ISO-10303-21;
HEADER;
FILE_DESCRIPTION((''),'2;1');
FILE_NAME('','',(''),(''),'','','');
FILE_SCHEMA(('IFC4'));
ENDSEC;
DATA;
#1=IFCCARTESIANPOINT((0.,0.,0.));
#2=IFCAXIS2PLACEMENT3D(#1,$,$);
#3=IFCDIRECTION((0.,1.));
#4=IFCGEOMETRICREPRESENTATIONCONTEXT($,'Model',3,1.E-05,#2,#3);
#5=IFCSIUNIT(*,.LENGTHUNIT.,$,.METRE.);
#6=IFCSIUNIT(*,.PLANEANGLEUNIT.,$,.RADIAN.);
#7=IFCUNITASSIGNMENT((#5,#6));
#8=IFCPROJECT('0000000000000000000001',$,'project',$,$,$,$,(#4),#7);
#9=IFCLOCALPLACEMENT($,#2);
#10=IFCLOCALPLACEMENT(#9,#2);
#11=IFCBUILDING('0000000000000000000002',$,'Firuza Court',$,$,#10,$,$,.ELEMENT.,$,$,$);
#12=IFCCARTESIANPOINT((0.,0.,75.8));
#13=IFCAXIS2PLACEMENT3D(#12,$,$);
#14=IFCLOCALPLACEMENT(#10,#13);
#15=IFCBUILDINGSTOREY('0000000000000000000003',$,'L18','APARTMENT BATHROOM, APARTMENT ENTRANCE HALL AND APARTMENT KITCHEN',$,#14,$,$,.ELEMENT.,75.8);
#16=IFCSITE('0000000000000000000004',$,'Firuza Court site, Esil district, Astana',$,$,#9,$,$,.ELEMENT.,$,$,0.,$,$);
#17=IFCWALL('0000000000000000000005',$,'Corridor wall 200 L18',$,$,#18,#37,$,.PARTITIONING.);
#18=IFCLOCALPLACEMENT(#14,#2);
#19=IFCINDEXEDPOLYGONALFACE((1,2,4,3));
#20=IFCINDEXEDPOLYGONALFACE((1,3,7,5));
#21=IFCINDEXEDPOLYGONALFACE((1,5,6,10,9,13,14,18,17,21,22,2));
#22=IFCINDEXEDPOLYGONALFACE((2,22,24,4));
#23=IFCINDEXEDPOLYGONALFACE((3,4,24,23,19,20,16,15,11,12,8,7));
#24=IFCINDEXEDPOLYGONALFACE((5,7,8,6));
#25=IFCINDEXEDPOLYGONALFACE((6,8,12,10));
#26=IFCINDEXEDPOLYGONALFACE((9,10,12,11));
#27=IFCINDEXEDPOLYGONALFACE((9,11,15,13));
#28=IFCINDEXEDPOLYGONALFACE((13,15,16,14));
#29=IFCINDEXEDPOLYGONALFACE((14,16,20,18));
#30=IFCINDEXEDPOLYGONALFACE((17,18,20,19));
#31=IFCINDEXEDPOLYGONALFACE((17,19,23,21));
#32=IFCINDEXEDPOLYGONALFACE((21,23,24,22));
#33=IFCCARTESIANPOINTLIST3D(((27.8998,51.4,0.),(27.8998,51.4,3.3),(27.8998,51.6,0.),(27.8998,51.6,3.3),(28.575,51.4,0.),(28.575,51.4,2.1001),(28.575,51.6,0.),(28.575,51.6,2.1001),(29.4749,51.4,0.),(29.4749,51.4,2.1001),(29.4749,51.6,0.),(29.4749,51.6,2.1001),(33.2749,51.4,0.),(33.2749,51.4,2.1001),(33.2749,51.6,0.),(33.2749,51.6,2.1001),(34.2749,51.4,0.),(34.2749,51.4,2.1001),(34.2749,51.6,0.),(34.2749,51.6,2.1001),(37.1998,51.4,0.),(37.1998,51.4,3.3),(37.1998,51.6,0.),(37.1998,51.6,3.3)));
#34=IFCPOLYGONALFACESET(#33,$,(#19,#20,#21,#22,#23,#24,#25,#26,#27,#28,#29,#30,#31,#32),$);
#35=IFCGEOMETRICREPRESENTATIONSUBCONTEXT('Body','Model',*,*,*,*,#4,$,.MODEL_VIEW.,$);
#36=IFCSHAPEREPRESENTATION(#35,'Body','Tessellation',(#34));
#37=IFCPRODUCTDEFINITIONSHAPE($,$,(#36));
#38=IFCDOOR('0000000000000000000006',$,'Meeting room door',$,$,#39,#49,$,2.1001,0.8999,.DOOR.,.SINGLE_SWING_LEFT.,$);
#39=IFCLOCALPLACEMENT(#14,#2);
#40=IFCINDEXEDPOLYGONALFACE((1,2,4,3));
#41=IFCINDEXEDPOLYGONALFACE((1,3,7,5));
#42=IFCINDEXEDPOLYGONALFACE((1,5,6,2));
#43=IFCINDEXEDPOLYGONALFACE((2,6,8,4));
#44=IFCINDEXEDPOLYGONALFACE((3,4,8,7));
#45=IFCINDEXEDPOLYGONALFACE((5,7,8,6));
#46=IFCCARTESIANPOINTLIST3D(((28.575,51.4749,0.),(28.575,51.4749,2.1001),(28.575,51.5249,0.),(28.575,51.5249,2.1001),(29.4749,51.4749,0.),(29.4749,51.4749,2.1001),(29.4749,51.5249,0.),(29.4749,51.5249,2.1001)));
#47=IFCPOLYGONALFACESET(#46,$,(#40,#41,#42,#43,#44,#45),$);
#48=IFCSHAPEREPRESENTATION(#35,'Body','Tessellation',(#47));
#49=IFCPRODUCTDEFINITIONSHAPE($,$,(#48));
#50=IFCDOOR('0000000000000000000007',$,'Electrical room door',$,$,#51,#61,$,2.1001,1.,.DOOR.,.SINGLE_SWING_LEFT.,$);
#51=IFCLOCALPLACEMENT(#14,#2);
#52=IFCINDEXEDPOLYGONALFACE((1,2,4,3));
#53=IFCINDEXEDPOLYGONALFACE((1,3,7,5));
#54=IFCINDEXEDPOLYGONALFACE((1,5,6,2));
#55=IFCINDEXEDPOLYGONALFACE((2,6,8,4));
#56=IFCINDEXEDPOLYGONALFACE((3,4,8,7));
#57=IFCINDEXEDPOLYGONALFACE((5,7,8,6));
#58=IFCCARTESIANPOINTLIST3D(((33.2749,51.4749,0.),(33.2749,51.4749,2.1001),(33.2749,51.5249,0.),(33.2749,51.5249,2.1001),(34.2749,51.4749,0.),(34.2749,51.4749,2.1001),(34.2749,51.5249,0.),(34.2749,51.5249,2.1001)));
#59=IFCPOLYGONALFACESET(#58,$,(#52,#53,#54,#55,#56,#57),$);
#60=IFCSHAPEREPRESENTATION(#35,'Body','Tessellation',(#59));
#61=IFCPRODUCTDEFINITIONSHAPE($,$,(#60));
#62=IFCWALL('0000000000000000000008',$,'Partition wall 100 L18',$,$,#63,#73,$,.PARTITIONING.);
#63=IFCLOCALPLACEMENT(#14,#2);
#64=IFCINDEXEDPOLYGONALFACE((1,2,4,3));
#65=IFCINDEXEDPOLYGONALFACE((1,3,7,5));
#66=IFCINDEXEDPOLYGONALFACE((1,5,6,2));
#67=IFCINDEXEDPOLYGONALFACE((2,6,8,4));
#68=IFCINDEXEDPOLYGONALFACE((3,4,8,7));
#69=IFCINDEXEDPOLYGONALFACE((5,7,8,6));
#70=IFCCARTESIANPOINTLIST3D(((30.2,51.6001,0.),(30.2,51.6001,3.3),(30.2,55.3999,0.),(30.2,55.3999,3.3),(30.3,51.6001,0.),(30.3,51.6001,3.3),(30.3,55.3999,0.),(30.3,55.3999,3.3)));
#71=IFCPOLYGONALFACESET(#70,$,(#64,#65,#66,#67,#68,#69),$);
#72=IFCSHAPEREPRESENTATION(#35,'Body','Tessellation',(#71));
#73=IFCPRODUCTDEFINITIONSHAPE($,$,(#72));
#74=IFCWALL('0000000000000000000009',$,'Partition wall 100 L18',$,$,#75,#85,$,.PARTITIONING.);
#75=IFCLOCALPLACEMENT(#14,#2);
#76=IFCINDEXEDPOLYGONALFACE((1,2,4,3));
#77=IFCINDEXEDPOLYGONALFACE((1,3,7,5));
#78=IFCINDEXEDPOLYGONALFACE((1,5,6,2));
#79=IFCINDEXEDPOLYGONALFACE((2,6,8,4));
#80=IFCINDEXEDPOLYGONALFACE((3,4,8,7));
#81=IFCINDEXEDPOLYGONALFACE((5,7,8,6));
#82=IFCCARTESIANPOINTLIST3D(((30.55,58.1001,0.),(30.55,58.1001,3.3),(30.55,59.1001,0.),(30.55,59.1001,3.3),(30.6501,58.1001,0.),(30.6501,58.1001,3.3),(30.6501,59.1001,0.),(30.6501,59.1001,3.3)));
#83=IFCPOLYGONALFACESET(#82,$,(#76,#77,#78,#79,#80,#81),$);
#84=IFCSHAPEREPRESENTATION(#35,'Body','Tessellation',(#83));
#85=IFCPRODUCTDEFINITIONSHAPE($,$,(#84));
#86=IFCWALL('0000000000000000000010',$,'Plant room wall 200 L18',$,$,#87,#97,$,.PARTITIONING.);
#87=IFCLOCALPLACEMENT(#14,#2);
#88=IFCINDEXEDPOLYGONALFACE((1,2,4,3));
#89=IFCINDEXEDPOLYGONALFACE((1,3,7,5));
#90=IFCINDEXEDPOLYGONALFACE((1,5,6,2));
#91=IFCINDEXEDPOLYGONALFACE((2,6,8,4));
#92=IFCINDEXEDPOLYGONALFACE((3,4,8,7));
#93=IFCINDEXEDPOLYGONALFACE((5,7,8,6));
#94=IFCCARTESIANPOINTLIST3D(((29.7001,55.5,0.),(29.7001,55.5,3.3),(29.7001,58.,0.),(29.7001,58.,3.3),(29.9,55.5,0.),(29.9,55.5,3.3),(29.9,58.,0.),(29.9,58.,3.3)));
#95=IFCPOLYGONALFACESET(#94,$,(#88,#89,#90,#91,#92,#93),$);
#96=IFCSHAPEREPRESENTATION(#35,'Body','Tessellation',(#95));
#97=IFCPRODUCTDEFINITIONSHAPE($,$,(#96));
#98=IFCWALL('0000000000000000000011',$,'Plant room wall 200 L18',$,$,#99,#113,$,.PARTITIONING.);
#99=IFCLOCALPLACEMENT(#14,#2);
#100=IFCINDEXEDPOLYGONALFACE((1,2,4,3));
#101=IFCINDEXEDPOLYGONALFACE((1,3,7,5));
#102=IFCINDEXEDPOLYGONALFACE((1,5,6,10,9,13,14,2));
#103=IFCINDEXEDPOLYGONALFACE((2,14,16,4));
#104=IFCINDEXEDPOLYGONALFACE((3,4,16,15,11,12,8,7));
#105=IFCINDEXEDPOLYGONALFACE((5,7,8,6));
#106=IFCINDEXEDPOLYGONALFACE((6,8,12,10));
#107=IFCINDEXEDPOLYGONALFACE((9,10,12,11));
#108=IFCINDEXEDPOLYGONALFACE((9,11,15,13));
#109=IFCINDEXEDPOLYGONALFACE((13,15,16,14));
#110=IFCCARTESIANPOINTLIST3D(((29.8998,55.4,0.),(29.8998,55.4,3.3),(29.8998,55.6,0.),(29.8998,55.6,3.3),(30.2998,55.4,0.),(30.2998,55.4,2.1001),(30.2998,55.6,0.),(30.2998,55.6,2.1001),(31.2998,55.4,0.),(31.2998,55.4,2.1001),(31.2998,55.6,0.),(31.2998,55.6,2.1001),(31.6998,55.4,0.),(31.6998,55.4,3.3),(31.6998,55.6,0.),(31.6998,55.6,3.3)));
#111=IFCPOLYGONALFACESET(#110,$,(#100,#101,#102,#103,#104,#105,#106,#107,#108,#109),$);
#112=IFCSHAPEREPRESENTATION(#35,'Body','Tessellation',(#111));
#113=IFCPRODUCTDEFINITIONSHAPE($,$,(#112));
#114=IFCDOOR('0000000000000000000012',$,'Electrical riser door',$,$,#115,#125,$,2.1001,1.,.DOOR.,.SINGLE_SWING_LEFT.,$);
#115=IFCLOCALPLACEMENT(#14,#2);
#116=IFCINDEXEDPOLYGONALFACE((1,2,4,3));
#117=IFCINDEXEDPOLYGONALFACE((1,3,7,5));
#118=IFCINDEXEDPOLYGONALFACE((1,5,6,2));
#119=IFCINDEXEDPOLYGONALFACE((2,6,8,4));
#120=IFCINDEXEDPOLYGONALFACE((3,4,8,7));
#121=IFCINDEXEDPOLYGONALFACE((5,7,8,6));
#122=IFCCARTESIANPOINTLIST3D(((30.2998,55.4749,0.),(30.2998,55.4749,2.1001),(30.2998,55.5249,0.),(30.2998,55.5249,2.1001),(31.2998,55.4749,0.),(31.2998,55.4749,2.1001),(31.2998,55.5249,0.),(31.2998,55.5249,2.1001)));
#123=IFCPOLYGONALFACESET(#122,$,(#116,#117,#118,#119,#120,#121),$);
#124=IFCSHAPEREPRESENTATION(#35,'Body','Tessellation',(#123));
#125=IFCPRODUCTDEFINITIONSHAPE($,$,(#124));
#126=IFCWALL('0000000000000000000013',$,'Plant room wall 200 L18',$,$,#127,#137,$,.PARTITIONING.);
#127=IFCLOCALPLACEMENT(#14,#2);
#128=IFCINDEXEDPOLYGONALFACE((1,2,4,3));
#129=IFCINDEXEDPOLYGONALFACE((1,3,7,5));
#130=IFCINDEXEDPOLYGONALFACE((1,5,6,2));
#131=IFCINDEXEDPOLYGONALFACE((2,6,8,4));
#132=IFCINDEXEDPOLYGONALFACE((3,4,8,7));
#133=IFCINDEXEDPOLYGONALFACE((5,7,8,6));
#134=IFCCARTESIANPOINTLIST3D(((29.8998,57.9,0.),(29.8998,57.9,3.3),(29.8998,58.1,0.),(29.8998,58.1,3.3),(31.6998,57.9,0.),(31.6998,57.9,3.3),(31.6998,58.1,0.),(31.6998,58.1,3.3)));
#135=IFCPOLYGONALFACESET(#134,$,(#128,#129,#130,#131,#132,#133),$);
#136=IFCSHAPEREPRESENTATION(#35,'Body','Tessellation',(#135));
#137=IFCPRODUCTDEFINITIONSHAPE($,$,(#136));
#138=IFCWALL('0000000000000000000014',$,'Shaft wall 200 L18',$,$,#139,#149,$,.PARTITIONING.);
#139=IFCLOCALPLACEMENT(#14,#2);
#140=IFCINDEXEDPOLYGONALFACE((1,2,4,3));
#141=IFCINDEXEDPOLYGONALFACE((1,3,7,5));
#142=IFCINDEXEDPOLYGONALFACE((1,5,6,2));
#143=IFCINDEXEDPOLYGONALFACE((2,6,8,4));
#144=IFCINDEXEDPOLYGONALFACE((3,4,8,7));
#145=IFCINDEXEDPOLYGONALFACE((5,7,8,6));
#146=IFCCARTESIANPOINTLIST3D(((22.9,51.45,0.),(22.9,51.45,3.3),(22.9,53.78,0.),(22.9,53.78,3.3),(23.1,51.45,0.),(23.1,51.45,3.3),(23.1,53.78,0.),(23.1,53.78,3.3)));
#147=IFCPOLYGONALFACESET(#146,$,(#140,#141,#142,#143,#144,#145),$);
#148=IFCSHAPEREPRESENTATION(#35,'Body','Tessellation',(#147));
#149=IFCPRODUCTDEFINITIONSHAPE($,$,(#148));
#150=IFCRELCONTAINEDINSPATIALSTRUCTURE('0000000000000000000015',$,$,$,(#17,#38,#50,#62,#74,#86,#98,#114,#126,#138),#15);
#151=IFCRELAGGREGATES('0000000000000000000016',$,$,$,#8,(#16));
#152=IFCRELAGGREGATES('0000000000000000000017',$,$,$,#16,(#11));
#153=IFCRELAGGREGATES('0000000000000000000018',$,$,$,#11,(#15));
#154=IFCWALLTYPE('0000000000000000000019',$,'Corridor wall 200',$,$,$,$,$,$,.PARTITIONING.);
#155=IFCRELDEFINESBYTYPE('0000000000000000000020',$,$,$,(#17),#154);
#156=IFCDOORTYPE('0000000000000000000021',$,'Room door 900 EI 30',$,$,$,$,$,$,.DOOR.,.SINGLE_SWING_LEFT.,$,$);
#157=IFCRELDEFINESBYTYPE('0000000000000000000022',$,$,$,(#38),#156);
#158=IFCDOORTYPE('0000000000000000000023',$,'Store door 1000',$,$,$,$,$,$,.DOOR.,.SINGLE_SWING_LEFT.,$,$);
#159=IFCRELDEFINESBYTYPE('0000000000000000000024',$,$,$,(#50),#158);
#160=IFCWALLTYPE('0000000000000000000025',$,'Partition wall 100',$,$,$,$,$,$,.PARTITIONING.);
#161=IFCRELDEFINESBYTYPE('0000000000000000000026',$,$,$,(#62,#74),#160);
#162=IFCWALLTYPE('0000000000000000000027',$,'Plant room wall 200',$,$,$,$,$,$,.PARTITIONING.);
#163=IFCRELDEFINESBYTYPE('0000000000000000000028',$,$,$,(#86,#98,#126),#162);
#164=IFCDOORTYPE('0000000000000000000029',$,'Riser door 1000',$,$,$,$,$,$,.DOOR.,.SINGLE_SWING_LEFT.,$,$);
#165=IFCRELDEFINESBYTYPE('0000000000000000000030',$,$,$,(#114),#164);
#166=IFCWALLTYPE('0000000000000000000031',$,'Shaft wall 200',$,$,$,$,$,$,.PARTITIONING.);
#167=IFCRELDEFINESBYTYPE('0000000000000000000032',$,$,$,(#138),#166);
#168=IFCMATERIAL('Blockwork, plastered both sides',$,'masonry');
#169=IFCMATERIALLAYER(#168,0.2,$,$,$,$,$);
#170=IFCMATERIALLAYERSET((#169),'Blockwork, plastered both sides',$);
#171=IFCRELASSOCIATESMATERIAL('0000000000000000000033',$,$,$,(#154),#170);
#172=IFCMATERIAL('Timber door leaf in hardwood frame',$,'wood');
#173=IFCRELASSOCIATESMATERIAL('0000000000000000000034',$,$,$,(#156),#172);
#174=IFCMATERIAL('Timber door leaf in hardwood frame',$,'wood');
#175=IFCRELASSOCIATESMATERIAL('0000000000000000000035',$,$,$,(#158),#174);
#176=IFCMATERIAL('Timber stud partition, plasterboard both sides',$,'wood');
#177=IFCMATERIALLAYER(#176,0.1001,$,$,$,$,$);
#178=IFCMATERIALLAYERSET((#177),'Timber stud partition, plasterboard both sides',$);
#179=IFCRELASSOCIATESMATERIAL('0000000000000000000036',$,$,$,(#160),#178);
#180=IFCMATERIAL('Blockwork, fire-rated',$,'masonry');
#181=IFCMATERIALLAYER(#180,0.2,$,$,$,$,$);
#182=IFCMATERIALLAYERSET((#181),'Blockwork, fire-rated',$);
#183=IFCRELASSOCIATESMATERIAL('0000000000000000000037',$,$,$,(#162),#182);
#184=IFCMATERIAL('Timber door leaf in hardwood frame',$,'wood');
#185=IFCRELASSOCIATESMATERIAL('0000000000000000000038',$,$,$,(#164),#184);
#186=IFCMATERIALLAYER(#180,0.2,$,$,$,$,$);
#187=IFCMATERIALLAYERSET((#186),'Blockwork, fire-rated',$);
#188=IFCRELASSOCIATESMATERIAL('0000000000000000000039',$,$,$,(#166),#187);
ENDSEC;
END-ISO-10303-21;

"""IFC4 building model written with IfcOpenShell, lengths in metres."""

from ifc_helpers import new_model, si_unit, direction, frame, frame_2d, origin, place, context, subcontext, project, spatial, rectangle, extrude, material, layer, layer_set, type_object, element, fill, save


model = new_model("IFC4")

# Units and contexts
model_context = context("Model", 3, precision=1e-05, world=origin(), true_north=direction((0.0, 1.0)))
body_context = subcontext(model_context, "Body", "Model", "MODEL_VIEW")
ifc_project = project(units=[si_unit("LENGTHUNIT", "METRE"), si_unit("PLANEANGLEUNIT", "RADIAN")], contexts=[model_context])

# Site, building, storey
site_placement = place(None, origin())
site = spatial("IfcSite", under=ifc_project, at=site_placement, Name="Firuza Court site, Esil district, Astana", CompositionType="ELEMENT", RefElevation=0.0)
building_placement = place(site_placement, origin())
building = spatial("IfcBuilding", under=site, at=building_placement, Name="Firuza Court", CompositionType="ELEMENT")
storey_placement = place(building_placement, frame((0.0, 0.0, 75.8)))
storey = spatial("IfcBuildingStorey", under=building, at=storey_placement, Name="L18", Description="APARTMENT BATHROOM, APARTMENT ENTRANCE HALL AND APARTMENT KITCHEN", CompositionType="ELEMENT", Elevation=75.8)

# Wall, openings, doors
ifc_material_1 = material(Name="Blockwork, plastered both sides", Category="masonry")
ifc_layer_1 = layer(ifc_material_1, 0.2)
ifc_layer_set_1 = layer_set([ifc_layer_1], Name="Blockwork, plastered both sides")
wall_type_1 = type_object("IfcWallType", Name="Corridor wall 200", PredefinedType="PARTITIONING", material=ifc_layer_set_1)
wall_1_placement = place(storey_placement, frame((27.8999, 51.5, 0.0), z_axis=(0.0, 0.0, 1.0), x_axis=(1.0, 0.0, 0.0)))
wall_1 = element("IfcWall", 1, at=wall_1_placement, inside=storey, type_object=wall_type_1, Name="Corridor wall 200 L18", PredefinedType="PARTITIONING", context=body_context, shape_type="SweptSolid", body=[
    extrude(rectangle(XDim=9.3, YDim=0.2, at=frame_2d((4.6499, 0.0))), origin(), (0.0, 0.0, 1.0), 3.3),
])
opening_1_placement = place(wall_1_placement, frame((0.675, 0.0, 0.0)))
opening_1 = element("IfcOpeningElement", 2, at=opening_1_placement, cuts=wall_1, PredefinedType="OPENING", context=body_context, shape_type="SweptSolid", body=[
    extrude(rectangle(XDim=0.8999, YDim=2.1001, at=frame_2d((0.45, 1.05))), frame((0.0, 0.1118, 0.0), z_axis=(0.0, -1.0, 0.0), x_axis=(1.0, 0.0, 0.0)), (0.0, 0.0, 1.0), 0.2239),
])
opening_2_placement = place(wall_1_placement, frame((5.375, 0.0, 0.0)))
opening_2 = element("IfcOpeningElement", 3, at=opening_2_placement, cuts=wall_1, PredefinedType="OPENING", context=body_context, shape_type="SweptSolid", body=[
    extrude(rectangle(XDim=1.0, YDim=2.1001, at=frame_2d((0.5, 1.05))), frame((0.0, 0.1118, 0.0), z_axis=(0.0, -1.0, 0.0), x_axis=(1.0, 0.0, 0.0)), (0.0, 0.0, 1.0), 0.2239),
])
ifc_material_2 = material(Name="Timber door leaf in hardwood frame", Category="wood")
door_type_1 = type_object("IfcDoorType", Name="Room door 900 EI 30", OperationType="SINGLE_SWING_LEFT", PredefinedType="DOOR", material=ifc_material_2)
door_1_placement = place(opening_1_placement, origin())
door_1 = element("IfcDoor", 4, at=door_1_placement, inside=storey, type_object=door_type_1, Name="Meeting room door", OperationType="SINGLE_SWING_LEFT", OverallHeight=2.1001, OverallWidth=0.8999, PredefinedType="DOOR", context=body_context, shape_type="SweptSolid", body=[
    extrude(rectangle(XDim=0.8999, YDim=2.1001, at=frame_2d((0.45, 1.05))), frame((0.0, 0.0249, 0.0), z_axis=(0.0, -1.0, 0.0), x_axis=(1.0, 0.0, 0.0)), (0.0, 0.0, 1.0), 0.05),
])
fill(opening_1, door_1)
ifc_material_3 = material(Name="Timber door leaf in hardwood frame", Category="wood")
door_type_2 = type_object("IfcDoorType", Name="Store door 1000", OperationType="SINGLE_SWING_LEFT", PredefinedType="DOOR", material=ifc_material_3)
door_2_placement = place(opening_2_placement, origin())
door_2 = element("IfcDoor", 5, at=door_2_placement, inside=storey, type_object=door_type_2, Name="Electrical room door", OperationType="SINGLE_SWING_LEFT", OverallHeight=2.1001, OverallWidth=1.0, PredefinedType="DOOR", context=body_context, shape_type="SweptSolid", body=[
    extrude(rectangle(XDim=1.0, YDim=2.1001, at=frame_2d((0.5, 1.05))), frame((0.0, 0.0249, 0.0), z_axis=(0.0, -1.0, 0.0), x_axis=(1.0, 0.0, 0.0)), (0.0, 0.0, 1.0), 0.05),
])
fill(opening_2, door_2)

# Walls
ifc_material_4 = material(Name="Timber stud partition, plasterboard both sides", Category="wood")
ifc_layer_2 = layer(ifc_material_4, 0.1001)
ifc_layer_set_2 = layer_set([ifc_layer_2], Name="Timber stud partition, plasterboard both sides")
wall_type_2 = type_object("IfcWallType", Name="Partition wall 100", PredefinedType="PARTITIONING", material=ifc_layer_set_2)
wall_2_placement = place(storey_placement, frame((30.25, 51.6001, 0.0), z_axis=(0.0, 0.0, 1.0), x_axis=(0.0, 1.0, 0.0)))
element("IfcWall", 6, at=wall_2_placement, inside=storey, type_object=wall_type_2, Name="Partition wall 100 L18", PredefinedType="PARTITIONING", context=body_context, shape_type="SweptSolid", body=[
    extrude(rectangle(XDim=3.7998, YDim=0.1001, at=frame_2d((1.8999, 0.0))), origin(), (0.0, 0.0, 1.0), 3.3),
])
wall_3_placement = place(storey_placement, frame((30.6001, 58.1001, 0.0), z_axis=(0.0, 0.0, 1.0), x_axis=(0.0, 1.0, 0.0)))
element("IfcWall", 7, at=wall_3_placement, inside=storey, type_object=wall_type_2, Name="Partition wall 100 L18", PredefinedType="PARTITIONING", context=body_context, shape_type="SweptSolid", body=[
    extrude(rectangle(XDim=1.0, YDim=0.1001, at=frame_2d((0.5, 0.0))), origin(), (0.0, 0.0, 1.0), 3.3),
])
ifc_material_5 = material(Name="Blockwork, fire-rated", Category="masonry")
ifc_layer_3 = layer(ifc_material_5, 0.2)
ifc_layer_set_3 = layer_set([ifc_layer_3], Name="Blockwork, fire-rated")
wall_type_3 = type_object("IfcWallType", Name="Plant room wall 200", PredefinedType="PARTITIONING", material=ifc_layer_set_3)
wall_4_placement = place(storey_placement, frame((29.8, 55.5, 0.0), z_axis=(0.0, 0.0, 1.0), x_axis=(0.0, 1.0, 0.0)))
element("IfcWall", 8, at=wall_4_placement, inside=storey, type_object=wall_type_3, Name="Plant room wall 200 L18", PredefinedType="PARTITIONING", context=body_context, shape_type="SweptSolid", body=[
    extrude(rectangle(XDim=2.5, YDim=0.2, at=frame_2d((1.25, 0.0))), origin(), (0.0, 0.0, 1.0), 3.3),
])

# Wall, opening, door
wall_5_placement = place(storey_placement, frame((29.8999, 55.5, 0.0), z_axis=(0.0, 0.0, 1.0), x_axis=(1.0, 0.0, 0.0)))
wall_5 = element("IfcWall", 9, at=wall_5_placement, inside=storey, type_object=wall_type_3, Name="Plant room wall 200 L18", PredefinedType="PARTITIONING", context=body_context, shape_type="SweptSolid", body=[
    extrude(rectangle(XDim=1.8, YDim=0.2, at=frame_2d((0.8999, 0.0))), origin(), (0.0, 0.0, 1.0), 3.3),
])
opening_3_placement = place(wall_5_placement, frame((0.3999, 0.0, 0.0)))
opening_3 = element("IfcOpeningElement", 10, at=opening_3_placement, cuts=wall_5, PredefinedType="OPENING", context=body_context, shape_type="SweptSolid", body=[
    extrude(rectangle(XDim=1.0, YDim=2.1001, at=frame_2d((0.5, 1.05))), frame((0.0, 0.1118, 0.0), z_axis=(0.0, -1.0, 0.0), x_axis=(1.0, 0.0, 0.0)), (0.0, 0.0, 1.0), 0.2239),
])
ifc_material_6 = material(Name="Timber door leaf in hardwood frame", Category="wood")
door_type_3 = type_object("IfcDoorType", Name="Riser door 1000", OperationType="SINGLE_SWING_LEFT", PredefinedType="DOOR", material=ifc_material_6)
door_3_placement = place(opening_3_placement, origin())
door_3 = element("IfcDoor", 11, at=door_3_placement, inside=storey, type_object=door_type_3, Name="Electrical riser door", OperationType="SINGLE_SWING_LEFT", OverallHeight=2.1001, OverallWidth=1.0, PredefinedType="DOOR", context=body_context, shape_type="SweptSolid", body=[
    extrude(rectangle(XDim=1.0, YDim=2.1001, at=frame_2d((0.5, 1.05))), frame((0.0, 0.0249, 0.0), z_axis=(0.0, -1.0, 0.0), x_axis=(1.0, 0.0, 0.0)), (0.0, 0.0, 1.0), 0.05),
])
fill(opening_3, door_3)

# Walls
wall_6_placement = place(storey_placement, frame((29.8999, 58.0, 0.0), z_axis=(0.0, 0.0, 1.0), x_axis=(1.0, 0.0, 0.0)))
element("IfcWall", 12, at=wall_6_placement, inside=storey, type_object=wall_type_3, Name="Plant room wall 200 L18", PredefinedType="PARTITIONING", context=body_context, shape_type="SweptSolid", body=[
    extrude(rectangle(XDim=1.8, YDim=0.2, at=frame_2d((0.8999, 0.0))), origin(), (0.0, 0.0, 1.0), 3.3),
])
ifc_layer_4 = layer(ifc_material_5, 0.2)
ifc_layer_set_4 = layer_set([ifc_layer_4], Name="Blockwork, fire-rated")
wall_type_4 = type_object("IfcWallType", Name="Shaft wall 200", PredefinedType="PARTITIONING", material=ifc_layer_set_4)
wall_7_placement = place(storey_placement, frame((23.0, 51.45, 0.0), z_axis=(0.0, 0.0, 1.0), x_axis=(0.0, 1.0, 0.0)))
element("IfcWall", 13, at=wall_7_placement, inside=storey, type_object=wall_type_4, Name="Shaft wall 200 L18", PredefinedType="PARTITIONING", context=body_context, shape_type="SweptSolid", body=[
    extrude(rectangle(XDim=2.3301, YDim=0.2, at=frame_2d((1.165, 0.0))), origin(), (0.0, 0.0, 1.0), 3.3),
])

save(model, "model.ifc")
